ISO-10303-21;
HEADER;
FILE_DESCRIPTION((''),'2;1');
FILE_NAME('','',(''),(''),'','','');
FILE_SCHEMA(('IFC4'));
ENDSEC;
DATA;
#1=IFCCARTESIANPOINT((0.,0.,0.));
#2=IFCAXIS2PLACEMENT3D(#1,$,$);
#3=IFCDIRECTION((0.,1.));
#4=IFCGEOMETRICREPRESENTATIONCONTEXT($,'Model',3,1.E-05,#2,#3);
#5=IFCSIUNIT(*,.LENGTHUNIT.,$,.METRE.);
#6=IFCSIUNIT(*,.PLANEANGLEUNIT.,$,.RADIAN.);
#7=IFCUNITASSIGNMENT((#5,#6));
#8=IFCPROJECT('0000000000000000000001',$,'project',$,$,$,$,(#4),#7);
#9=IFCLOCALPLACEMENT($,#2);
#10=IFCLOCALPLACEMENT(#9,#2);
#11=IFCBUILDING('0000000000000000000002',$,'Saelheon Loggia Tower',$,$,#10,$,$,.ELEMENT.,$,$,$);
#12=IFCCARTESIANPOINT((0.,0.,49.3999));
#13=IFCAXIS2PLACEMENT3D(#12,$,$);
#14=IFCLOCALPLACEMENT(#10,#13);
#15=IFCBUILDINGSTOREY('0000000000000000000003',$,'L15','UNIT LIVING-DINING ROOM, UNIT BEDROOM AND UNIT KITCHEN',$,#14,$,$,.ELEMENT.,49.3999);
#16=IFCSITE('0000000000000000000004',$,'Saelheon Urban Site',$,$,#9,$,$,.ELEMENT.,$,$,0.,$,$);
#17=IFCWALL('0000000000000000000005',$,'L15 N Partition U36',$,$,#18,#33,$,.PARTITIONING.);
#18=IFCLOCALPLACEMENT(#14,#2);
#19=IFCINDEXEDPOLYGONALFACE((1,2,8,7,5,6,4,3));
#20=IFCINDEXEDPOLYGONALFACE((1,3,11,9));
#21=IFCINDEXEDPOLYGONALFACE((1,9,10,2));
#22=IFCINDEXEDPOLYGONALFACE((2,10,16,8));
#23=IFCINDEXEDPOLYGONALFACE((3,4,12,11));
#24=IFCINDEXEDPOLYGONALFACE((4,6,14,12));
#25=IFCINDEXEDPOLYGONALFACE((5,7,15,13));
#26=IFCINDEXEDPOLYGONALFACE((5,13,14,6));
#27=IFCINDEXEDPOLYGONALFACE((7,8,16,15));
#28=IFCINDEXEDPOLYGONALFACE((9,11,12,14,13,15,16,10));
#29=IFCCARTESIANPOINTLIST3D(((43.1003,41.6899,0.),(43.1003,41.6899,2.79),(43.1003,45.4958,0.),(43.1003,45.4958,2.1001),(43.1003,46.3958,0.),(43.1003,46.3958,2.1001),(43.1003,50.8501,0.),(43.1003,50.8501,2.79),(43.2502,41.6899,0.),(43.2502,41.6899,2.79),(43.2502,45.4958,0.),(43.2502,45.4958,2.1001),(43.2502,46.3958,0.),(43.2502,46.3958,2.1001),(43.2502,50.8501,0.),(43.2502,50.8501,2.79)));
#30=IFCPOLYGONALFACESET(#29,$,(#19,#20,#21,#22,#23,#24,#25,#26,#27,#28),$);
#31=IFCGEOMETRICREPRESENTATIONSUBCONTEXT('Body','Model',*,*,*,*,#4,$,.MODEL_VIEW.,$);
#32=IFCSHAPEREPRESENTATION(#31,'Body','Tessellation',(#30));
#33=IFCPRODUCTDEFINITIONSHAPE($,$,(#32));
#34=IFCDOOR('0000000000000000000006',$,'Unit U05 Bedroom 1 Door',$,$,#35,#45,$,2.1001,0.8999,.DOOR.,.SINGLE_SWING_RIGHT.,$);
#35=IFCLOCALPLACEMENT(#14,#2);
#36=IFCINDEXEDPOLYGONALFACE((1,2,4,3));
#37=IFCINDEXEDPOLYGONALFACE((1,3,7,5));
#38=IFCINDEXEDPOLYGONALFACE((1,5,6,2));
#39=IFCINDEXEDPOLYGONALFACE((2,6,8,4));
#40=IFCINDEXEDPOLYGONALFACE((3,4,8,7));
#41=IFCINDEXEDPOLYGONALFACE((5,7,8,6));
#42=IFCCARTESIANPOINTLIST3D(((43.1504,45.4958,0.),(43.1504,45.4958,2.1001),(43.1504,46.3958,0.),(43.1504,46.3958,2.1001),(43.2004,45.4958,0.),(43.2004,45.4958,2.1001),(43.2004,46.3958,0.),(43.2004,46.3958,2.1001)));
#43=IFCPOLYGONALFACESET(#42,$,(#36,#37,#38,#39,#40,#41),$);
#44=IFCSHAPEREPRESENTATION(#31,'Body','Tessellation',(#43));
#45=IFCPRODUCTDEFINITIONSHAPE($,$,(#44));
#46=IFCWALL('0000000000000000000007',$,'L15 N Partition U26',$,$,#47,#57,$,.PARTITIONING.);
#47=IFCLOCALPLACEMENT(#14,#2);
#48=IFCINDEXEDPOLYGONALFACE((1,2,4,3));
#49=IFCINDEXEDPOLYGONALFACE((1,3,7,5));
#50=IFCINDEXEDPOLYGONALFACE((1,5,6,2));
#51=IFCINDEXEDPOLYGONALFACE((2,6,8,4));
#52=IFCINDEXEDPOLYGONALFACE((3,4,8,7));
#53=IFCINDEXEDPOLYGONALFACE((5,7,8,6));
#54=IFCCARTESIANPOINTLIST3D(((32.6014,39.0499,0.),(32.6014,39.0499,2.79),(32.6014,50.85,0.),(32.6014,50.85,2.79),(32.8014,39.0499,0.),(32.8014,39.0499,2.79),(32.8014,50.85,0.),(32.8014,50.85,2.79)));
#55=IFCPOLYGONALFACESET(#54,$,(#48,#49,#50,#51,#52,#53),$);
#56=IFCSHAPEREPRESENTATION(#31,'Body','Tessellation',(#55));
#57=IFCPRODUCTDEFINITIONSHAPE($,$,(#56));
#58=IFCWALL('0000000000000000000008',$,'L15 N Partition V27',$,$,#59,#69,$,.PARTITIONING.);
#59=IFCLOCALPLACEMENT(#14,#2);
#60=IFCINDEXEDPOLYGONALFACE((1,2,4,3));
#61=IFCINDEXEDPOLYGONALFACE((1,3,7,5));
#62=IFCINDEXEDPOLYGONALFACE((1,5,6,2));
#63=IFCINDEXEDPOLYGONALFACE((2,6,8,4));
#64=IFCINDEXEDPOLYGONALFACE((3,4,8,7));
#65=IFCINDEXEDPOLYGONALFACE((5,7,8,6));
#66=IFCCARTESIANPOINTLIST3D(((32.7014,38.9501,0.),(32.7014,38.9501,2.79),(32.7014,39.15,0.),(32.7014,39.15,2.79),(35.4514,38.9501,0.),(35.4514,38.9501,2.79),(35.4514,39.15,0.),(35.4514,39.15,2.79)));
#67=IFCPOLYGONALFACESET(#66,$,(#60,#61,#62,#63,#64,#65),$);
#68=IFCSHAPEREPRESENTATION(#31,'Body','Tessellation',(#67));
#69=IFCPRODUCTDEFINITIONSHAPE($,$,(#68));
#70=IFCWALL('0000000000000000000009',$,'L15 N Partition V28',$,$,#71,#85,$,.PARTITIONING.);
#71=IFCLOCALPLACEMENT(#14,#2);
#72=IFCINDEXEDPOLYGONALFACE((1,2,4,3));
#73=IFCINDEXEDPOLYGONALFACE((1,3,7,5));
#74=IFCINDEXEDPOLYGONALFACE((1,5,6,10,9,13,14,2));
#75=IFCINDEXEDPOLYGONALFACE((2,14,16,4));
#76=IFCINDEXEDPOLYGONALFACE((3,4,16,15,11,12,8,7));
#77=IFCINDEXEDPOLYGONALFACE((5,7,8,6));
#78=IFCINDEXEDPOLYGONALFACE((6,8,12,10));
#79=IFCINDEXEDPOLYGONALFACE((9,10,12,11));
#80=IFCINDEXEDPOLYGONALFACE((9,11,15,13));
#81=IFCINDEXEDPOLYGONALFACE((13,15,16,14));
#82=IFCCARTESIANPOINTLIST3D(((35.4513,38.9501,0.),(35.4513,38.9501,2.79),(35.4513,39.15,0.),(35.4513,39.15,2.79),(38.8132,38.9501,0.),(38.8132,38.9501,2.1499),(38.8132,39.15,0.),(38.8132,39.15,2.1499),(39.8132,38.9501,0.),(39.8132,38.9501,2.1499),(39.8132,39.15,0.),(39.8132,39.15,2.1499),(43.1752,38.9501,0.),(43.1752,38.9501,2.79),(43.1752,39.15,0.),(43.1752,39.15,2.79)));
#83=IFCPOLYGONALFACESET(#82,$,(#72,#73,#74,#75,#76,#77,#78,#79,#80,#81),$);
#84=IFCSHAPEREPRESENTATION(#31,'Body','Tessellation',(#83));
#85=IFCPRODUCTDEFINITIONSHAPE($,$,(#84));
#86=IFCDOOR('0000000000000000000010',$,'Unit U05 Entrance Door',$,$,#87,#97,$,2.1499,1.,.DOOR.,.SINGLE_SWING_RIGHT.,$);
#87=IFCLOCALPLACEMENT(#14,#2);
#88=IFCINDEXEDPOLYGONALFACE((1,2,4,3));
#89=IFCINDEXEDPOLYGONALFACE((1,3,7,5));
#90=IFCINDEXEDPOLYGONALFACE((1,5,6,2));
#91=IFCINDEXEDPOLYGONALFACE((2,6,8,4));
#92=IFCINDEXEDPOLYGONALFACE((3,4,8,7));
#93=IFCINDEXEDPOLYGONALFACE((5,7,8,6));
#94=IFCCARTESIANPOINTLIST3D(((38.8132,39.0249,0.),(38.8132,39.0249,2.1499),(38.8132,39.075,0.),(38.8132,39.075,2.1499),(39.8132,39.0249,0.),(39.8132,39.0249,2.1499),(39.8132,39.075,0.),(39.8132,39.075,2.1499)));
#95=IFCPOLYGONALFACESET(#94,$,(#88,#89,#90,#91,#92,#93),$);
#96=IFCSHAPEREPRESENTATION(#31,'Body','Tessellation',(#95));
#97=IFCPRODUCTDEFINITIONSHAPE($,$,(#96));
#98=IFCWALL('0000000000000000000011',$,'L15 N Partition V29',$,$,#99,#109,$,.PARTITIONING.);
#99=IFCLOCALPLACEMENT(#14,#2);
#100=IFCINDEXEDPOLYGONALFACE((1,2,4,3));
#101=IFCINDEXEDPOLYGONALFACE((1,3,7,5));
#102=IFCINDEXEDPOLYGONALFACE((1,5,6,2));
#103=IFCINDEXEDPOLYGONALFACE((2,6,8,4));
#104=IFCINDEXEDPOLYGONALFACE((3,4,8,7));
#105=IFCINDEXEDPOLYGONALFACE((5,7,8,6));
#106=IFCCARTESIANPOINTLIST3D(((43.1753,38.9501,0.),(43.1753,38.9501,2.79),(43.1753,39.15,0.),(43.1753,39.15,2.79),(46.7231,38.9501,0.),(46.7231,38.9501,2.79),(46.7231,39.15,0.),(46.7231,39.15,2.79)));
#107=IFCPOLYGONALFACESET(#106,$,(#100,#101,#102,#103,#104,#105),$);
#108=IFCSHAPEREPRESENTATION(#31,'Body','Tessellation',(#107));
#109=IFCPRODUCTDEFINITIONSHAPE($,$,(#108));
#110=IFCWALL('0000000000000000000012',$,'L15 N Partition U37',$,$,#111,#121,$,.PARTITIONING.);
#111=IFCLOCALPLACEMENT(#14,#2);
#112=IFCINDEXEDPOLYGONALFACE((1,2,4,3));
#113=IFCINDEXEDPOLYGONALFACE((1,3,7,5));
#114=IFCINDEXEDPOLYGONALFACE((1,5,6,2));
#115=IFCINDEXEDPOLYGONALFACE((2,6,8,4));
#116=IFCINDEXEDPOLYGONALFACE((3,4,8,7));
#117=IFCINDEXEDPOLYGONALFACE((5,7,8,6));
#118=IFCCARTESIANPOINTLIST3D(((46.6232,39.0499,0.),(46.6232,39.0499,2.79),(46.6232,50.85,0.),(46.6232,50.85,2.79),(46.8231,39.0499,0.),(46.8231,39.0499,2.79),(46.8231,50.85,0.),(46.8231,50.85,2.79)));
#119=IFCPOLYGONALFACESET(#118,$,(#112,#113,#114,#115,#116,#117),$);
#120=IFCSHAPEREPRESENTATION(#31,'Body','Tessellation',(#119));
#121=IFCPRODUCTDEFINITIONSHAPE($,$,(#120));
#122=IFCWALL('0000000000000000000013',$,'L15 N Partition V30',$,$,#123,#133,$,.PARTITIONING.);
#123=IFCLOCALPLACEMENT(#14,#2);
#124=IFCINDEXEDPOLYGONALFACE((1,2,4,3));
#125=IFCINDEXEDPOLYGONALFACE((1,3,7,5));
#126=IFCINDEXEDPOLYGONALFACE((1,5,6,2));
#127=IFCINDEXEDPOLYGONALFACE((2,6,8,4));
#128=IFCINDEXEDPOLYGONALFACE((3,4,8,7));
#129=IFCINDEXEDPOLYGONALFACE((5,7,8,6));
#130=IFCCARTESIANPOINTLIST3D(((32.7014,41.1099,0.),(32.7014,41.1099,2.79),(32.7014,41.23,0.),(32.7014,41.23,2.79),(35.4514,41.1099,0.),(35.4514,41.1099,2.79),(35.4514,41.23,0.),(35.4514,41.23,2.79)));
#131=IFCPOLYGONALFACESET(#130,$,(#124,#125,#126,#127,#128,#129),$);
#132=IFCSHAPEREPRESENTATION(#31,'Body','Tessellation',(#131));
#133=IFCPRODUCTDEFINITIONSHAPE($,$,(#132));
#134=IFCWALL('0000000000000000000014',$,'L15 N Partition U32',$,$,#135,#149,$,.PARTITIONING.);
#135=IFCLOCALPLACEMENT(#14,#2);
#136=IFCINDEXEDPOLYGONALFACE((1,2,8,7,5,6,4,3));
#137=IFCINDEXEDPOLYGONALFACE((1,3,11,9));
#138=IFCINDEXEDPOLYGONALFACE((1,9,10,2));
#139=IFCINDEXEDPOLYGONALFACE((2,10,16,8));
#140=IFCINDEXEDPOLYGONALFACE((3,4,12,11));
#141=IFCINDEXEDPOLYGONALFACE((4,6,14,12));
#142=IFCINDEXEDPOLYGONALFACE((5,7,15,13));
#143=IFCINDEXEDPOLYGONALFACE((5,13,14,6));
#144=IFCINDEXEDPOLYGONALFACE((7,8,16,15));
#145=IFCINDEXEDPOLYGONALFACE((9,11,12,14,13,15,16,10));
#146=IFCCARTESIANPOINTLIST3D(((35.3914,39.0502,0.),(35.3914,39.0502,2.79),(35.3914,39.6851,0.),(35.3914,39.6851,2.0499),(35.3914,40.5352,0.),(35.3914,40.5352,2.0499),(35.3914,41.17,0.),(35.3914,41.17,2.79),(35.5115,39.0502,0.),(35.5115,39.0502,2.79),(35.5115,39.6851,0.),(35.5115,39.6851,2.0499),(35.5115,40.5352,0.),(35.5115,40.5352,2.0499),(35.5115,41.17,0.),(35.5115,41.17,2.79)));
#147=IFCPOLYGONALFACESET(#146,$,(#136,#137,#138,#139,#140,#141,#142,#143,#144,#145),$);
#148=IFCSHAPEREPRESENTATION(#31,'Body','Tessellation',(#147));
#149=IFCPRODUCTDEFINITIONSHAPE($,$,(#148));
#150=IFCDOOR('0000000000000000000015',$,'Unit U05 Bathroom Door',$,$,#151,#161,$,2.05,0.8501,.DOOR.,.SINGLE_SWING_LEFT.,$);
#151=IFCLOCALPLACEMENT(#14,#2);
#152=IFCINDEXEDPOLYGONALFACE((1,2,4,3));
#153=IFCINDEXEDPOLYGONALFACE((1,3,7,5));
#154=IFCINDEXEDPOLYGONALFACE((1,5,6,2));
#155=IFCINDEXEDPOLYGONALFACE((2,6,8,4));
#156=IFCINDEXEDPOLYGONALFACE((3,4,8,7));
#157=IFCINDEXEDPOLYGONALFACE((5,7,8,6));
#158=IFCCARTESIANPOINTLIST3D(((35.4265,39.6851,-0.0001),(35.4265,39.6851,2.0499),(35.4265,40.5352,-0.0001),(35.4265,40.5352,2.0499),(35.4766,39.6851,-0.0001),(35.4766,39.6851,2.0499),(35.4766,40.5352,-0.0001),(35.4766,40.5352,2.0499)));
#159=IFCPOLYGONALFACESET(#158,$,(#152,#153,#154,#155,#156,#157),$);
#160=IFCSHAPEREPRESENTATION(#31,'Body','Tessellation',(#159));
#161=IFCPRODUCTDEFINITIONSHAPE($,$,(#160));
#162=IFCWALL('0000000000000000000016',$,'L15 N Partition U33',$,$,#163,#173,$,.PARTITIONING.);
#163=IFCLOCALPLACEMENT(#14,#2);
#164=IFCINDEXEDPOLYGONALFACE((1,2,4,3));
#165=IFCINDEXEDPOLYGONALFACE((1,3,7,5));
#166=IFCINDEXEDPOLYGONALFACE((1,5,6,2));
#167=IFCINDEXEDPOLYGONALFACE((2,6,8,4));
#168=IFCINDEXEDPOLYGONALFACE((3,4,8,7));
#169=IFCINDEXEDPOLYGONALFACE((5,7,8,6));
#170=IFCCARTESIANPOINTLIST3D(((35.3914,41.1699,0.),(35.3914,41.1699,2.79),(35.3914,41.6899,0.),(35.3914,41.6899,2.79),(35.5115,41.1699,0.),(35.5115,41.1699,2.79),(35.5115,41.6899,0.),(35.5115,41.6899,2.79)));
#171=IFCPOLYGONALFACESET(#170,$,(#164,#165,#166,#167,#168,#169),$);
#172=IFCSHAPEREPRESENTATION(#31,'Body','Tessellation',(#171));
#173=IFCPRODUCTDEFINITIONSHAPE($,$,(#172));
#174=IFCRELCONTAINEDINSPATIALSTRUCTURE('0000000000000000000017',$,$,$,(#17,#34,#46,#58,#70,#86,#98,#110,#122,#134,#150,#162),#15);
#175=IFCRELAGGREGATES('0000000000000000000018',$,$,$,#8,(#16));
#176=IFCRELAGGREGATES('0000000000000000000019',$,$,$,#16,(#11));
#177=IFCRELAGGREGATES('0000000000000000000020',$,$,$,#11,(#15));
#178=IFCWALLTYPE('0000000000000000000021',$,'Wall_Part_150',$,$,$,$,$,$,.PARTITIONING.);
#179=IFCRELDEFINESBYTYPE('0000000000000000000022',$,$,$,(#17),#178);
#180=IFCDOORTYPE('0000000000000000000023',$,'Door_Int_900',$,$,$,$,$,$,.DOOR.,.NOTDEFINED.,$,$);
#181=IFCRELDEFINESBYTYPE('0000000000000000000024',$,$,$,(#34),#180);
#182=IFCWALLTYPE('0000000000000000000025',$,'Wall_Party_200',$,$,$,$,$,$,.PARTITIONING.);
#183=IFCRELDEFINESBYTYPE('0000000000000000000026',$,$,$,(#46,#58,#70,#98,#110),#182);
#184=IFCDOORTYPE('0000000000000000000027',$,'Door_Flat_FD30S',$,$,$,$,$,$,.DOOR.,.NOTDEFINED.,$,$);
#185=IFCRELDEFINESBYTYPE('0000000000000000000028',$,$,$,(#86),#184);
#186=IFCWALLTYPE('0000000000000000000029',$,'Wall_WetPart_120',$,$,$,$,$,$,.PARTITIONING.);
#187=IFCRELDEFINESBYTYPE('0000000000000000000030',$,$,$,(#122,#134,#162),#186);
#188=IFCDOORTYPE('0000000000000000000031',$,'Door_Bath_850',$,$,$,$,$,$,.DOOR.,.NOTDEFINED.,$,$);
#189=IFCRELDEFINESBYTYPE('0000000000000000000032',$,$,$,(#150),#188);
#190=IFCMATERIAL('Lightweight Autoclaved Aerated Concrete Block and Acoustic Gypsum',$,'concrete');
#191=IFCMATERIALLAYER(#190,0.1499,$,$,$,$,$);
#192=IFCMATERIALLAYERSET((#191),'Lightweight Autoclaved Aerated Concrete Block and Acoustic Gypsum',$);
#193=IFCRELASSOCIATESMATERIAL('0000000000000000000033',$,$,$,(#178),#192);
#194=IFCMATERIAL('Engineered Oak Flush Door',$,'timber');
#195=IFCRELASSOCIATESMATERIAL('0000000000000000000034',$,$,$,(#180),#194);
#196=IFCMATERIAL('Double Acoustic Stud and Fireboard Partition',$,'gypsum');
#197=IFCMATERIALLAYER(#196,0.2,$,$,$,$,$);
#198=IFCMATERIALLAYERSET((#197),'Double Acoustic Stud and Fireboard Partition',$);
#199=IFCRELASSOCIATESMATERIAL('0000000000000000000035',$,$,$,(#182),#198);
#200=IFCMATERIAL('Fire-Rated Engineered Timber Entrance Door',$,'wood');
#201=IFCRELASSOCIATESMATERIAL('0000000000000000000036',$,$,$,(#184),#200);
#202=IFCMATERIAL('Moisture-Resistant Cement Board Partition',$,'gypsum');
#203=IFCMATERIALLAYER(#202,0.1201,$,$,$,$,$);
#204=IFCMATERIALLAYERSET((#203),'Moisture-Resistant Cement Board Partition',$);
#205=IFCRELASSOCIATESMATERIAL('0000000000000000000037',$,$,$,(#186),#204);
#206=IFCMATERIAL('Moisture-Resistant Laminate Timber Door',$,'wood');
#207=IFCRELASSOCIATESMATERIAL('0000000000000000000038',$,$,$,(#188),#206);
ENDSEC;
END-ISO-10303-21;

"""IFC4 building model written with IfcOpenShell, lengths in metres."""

from ifc_helpers import new_model, si_unit, direction, frame, frame_2d, origin, place, context, subcontext, project, spatial, rectangle, extrude, source, transform, mapped, material, layer, layer_set, type_object, element, fill, save


model = new_model("IFC4")

# Units and contexts
model_context = context("Model", 3, precision=1e-05, world=origin(), true_north=direction((0.0, 1.0)))
body_context = subcontext(model_context, "Body", "Model", "MODEL_VIEW")
ifc_project = project(units=[si_unit("LENGTHUNIT", "METRE"), si_unit("PLANEANGLEUNIT", "RADIAN")], contexts=[model_context])

# Site, building, storey
site_placement = place(None, origin())
site = spatial("IfcSite", under=ifc_project, at=site_placement, Name="Saelheon Urban Site", CompositionType="ELEMENT", RefElevation=0.0)
building_placement = place(site_placement, origin())
building = spatial("IfcBuilding", under=site, at=building_placement, Name="Saelheon Loggia Tower", CompositionType="ELEMENT")
storey_placement = place(building_placement, frame((0.0, 0.0, 49.3999)))
storey = spatial("IfcBuildingStorey", under=building, at=storey_placement, Name="L15", Description="UNIT LIVING-DINING ROOM, UNIT BEDROOM AND UNIT KITCHEN", CompositionType="ELEMENT", Elevation=49.3999)

# Shared definitions
ifc_material_1 = material(Name="Lightweight Autoclaved Aerated Concrete Block and Acoustic Gypsum", Category="concrete")
ifc_layer_1 = layer(ifc_material_1, 0.1499)
ifc_layer_set_1 = layer_set([ifc_layer_1], Name="Lightweight Autoclaved Aerated Concrete Block and Acoustic Gypsum")
wall_type_1 = type_object("IfcWallType", Name="Wall_Part_150", PredefinedType="PARTITIONING", material=ifc_layer_set_1)

# Wall, opening, door
ifc_material_2 = material(Name="Engineered Oak Flush Door", Category="timber")
door_type_1 = type_object("IfcDoorType", Name="Door_Int_900", OperationType="NOTDEFINED", PredefinedType="DOOR", material=ifc_material_2)
shared_shape_1 = source(origin(), body_context, "Body", "SweptSolid", [
    extrude(rectangle(XDim=0.8999, YDim=2.1001, at=frame_2d((0.45, 1.05))), frame((0.0, 0.0249, 0.0), z_axis=(0.0, -1.0, 0.0), x_axis=(1.0, 0.0, 0.0)), (0.0, 0.0, 1.0), 0.05),
])
wall_1_placement = place(storey_placement, frame((43.1753, 41.6899, 0.0), z_axis=(0.0, 0.0, 1.0), x_axis=(0.0, 1.0, 0.0)))
wall_1 = element("IfcWall", 1, at=wall_1_placement, inside=storey, type_object=wall_type_1, Name="L15 N Partition U36", PredefinedType="PARTITIONING", context=body_context, shape_type="SweptSolid", body=[
    extrude(rectangle(XDim=9.1602, YDim=0.1499, at=frame_2d((4.5801, 0.0))), origin(), (0.0, 0.0, 1.0), 2.79),
])
opening_1_placement = place(wall_1_placement, frame((3.8059, 0.0, 0.0)))
opening_1 = element("IfcOpeningElement", 2, at=opening_1_placement, cuts=wall_1, PredefinedType="OPENING", context=body_context, shape_type="SweptSolid", body=[
    extrude(rectangle(XDim=0.8999, YDim=2.1001, at=frame_2d((0.45, 1.05))), frame((0.0, 0.0869, 0.0), z_axis=(0.0, -1.0, 0.0), x_axis=(1.0, 0.0, 0.0)), (0.0, 0.0, 1.0), 0.1738),
])
door_1_placement = place(opening_1_placement, origin())
door_1 = element("IfcDoor", 3, at=door_1_placement, inside=storey, type_object=door_type_1, Name="Unit U05 Bedroom 1 Door", OperationType="SINGLE_SWING_RIGHT", OverallHeight=2.1001, OverallWidth=0.8999, PredefinedType="DOOR", context=body_context, shape_type="MappedRepresentation", body=[
    mapped(shared_shape_1, transform((0.0, 0.0, 0.0), scale=1.0)),
])
fill(opening_1, door_1)

# Walls
ifc_material_3 = material(Name="Double Acoustic Stud and Fireboard Partition", Category="gypsum")
ifc_layer_2 = layer(ifc_material_3, 0.2)
ifc_layer_set_2 = layer_set([ifc_layer_2], Name="Double Acoustic Stud and Fireboard Partition")
wall_type_2 = type_object("IfcWallType", Name="Wall_Party_200", PredefinedType="PARTITIONING", material=ifc_layer_set_2)
wall_2_placement = place(storey_placement, frame((32.7014, 39.05, 0.0), z_axis=(0.0, 0.0, 1.0), x_axis=(0.0, 1.0, 0.0)))
element("IfcWall", 4, at=wall_2_placement, inside=storey, type_object=wall_type_2, Name="L15 N Partition U26", PredefinedType="PARTITIONING", context=body_context, shape_type="SweptSolid", body=[
    extrude(rectangle(XDim=11.8, YDim=0.2, at=frame_2d((5.8999, 0.0))), origin(), (0.0, 0.0, 1.0), 2.79),
])
wall_3_placement = place(storey_placement, frame((32.7014, 39.05, 0.0), z_axis=(0.0, 0.0, 1.0), x_axis=(1.0, 0.0, 0.0)))
element("IfcWall", 5, at=wall_3_placement, inside=storey, type_object=wall_type_2, Name="L15 N Partition V27", PredefinedType="PARTITIONING", context=body_context, shape_type="SweptSolid", body=[
    extrude(rectangle(XDim=2.75, YDim=0.2, at=frame_2d((1.375, 0.0))), origin(), (0.0, 0.0, 1.0), 2.79),
])

# Wall, opening, door
wall_4_placement = place(storey_placement, frame((35.4514, 39.05, 0.0), z_axis=(0.0, 0.0, 1.0), x_axis=(1.0, 0.0, 0.0)))
wall_4 = element("IfcWall", 6, at=wall_4_placement, inside=storey, type_object=wall_type_2, Name="L15 N Partition V28", PredefinedType="PARTITIONING", context=body_context, shape_type="SweptSolid", body=[
    extrude(rectangle(XDim=7.7239, YDim=0.2, at=frame_2d((3.8618, 0.0))), origin(), (0.0, 0.0, 1.0), 2.79),
])
opening_2_placement = place(wall_4_placement, frame((3.3618, 0.0, 0.0)))
opening_2 = element("IfcOpeningElement", 7, at=opening_2_placement, cuts=wall_4, PredefinedType="OPENING", context=body_context, shape_type="SweptSolid", body=[
    extrude(rectangle(XDim=1.0, YDim=2.1499, at=frame_2d((0.5, 1.075))), frame((0.0, 0.1121, 0.0), z_axis=(0.0, -1.0, 0.0), x_axis=(1.0, 0.0, 0.0)), (0.0, 0.0, 1.0), 0.2239),
])
ifc_material_4 = material(Name="Fire-Rated Engineered Timber Entrance Door", Category="wood")
door_type_2 = type_object("IfcDoorType", Name="Door_Flat_FD30S", OperationType="NOTDEFINED", PredefinedType="DOOR", material=ifc_material_4)
shared_shape_2 = source(origin(), body_context, "Body", "SweptSolid", [
    extrude(rectangle(XDim=1.0, YDim=2.1499, at=frame_2d((0.5, 1.075))), frame((0.0, 0.0249, 0.0), z_axis=(0.0, -1.0, 0.0), x_axis=(1.0, 0.0, 0.0)), (0.0, 0.0, 1.0), 0.05),
])
door_2_placement = place(opening_2_placement, origin())
door_2 = element("IfcDoor", 8, at=door_2_placement, inside=storey, type_object=door_type_2, Name="Unit U05 Entrance Door", OperationType="SINGLE_SWING_RIGHT", OverallHeight=2.1499, OverallWidth=1.0, PredefinedType="DOOR", context=body_context, shape_type="MappedRepresentation", body=[
    mapped(shared_shape_2, transform((0.0, 0.0, 0.0), scale=1.0)),
])
fill(opening_2, door_2)

# Walls
wall_5_placement = place(storey_placement, frame((43.1753, 39.05, 0.0), z_axis=(0.0, 0.0, 1.0), x_axis=(1.0, 0.0, 0.0)))
element("IfcWall", 9, at=wall_5_placement, inside=storey, type_object=wall_type_2, Name="L15 N Partition V29", PredefinedType="PARTITIONING", context=body_context, shape_type="SweptSolid", body=[
    extrude(rectangle(XDim=3.5479, YDim=0.2, at=frame_2d((1.7739, 0.0))), origin(), (0.0, 0.0, 1.0), 2.79),
])
wall_6_placement = place(storey_placement, frame((46.7231, 39.05, 0.0), z_axis=(0.0, 0.0, 1.0), x_axis=(0.0, 1.0, 0.0)))
element("IfcWall", 10, at=wall_6_placement, inside=storey, type_object=wall_type_2, Name="L15 N Partition U37", PredefinedType="PARTITIONING", context=body_context, shape_type="SweptSolid", body=[
    extrude(rectangle(XDim=11.8, YDim=0.2, at=frame_2d((5.8999, 0.0))), origin(), (0.0, 0.0, 1.0), 2.79),
])
ifc_material_5 = material(Name="Moisture-Resistant Cement Board Partition", Category="gypsum")
ifc_layer_3 = layer(ifc_material_5, 0.1201)
ifc_layer_set_3 = layer_set([ifc_layer_3], Name="Moisture-Resistant Cement Board Partition")
wall_type_3 = type_object("IfcWallType", Name="Wall_WetPart_120", PredefinedType="PARTITIONING", material=ifc_layer_set_3)
wall_7_placement = place(storey_placement, frame((32.7014, 41.1699, 0.0), z_axis=(0.0, 0.0, 1.0), x_axis=(1.0, 0.0, 0.0)))
element("IfcWall", 11, at=wall_7_placement, inside=storey, type_object=wall_type_3, Name="L15 N Partition V30", PredefinedType="PARTITIONING", context=body_context, shape_type="SweptSolid", body=[
    extrude(rectangle(XDim=2.75, YDim=0.1201, at=frame_2d((1.375, 0.0))), origin(), (0.0, 0.0, 1.0), 2.79),
])

# Wall, opening, door
wall_8_placement = place(storey_placement, frame((35.4514, 39.05, 0.0), z_axis=(0.0, 0.0, 1.0), x_axis=(0.0, 1.0, 0.0)))
wall_8 = element("IfcWall", 12, at=wall_8_placement, inside=storey, type_object=wall_type_3, Name="L15 N Partition U32", PredefinedType="PARTITIONING", context=body_context, shape_type="SweptSolid", body=[
    extrude(rectangle(XDim=2.1199, YDim=0.1201, at=frame_2d((1.0601, 0.0))), origin(), (0.0, 0.0, 1.0), 2.79),
])
opening_3_placement = place(wall_8_placement, frame((0.635, 0.0, 0.0)))
opening_3 = element("IfcOpeningElement", 13, at=opening_3_placement, cuts=wall_8, PredefinedType="OPENING", context=body_context, shape_type="SweptSolid", body=[
    extrude(rectangle(XDim=0.8501, YDim=2.05, at=frame_2d((0.425, 1.0249))), frame((0.0, 0.072, 0.0), z_axis=(0.0, -1.0, 0.0), x_axis=(1.0, 0.0, 0.0)), (0.0, 0.0, 1.0), 0.144),
])
ifc_material_6 = material(Name="Moisture-Resistant Laminate Timber Door", Category="wood")
door_type_3 = type_object("IfcDoorType", Name="Door_Bath_850", OperationType="NOTDEFINED", PredefinedType="DOOR", material=ifc_material_6)
shared_shape_3 = source(origin(), body_context, "Body", "SweptSolid", [
    extrude(rectangle(XDim=0.8501, YDim=2.05, at=frame_2d((0.425, 1.0249))), frame((0.0, 0.0249, 0.0), z_axis=(0.0, -1.0, 0.0), x_axis=(1.0, 0.0, 0.0)), (0.0, 0.0, 1.0), 0.05),
])
door_3_placement = place(opening_3_placement, origin())
door_3 = element("IfcDoor", 14, at=door_3_placement, inside=storey, type_object=door_type_3, Name="Unit U05 Bathroom Door", OperationType="SINGLE_SWING_LEFT", OverallHeight=2.05, OverallWidth=0.8501, PredefinedType="DOOR", context=body_context, shape_type="MappedRepresentation", body=[
    mapped(shared_shape_3, transform((0.0, 0.0, 0.0), scale=1.0)),
])
fill(opening_3, door_3)

# Wall
wall_9_placement = place(storey_placement, frame((35.4514, 41.1699, 0.0), z_axis=(0.0, 0.0, 1.0), x_axis=(0.0, 1.0, 0.0)))
element("IfcWall", 15, at=wall_9_placement, inside=storey, type_object=wall_type_3, Name="L15 N Partition U33", PredefinedType="PARTITIONING", context=body_context, shape_type="SweptSolid", body=[
    extrude(rectangle(XDim=0.52, YDim=0.1201, at=frame_2d((0.26, 0.0))), origin(), (0.0, 0.0, 1.0), 2.79),
])

save(model, "model.ifc")
